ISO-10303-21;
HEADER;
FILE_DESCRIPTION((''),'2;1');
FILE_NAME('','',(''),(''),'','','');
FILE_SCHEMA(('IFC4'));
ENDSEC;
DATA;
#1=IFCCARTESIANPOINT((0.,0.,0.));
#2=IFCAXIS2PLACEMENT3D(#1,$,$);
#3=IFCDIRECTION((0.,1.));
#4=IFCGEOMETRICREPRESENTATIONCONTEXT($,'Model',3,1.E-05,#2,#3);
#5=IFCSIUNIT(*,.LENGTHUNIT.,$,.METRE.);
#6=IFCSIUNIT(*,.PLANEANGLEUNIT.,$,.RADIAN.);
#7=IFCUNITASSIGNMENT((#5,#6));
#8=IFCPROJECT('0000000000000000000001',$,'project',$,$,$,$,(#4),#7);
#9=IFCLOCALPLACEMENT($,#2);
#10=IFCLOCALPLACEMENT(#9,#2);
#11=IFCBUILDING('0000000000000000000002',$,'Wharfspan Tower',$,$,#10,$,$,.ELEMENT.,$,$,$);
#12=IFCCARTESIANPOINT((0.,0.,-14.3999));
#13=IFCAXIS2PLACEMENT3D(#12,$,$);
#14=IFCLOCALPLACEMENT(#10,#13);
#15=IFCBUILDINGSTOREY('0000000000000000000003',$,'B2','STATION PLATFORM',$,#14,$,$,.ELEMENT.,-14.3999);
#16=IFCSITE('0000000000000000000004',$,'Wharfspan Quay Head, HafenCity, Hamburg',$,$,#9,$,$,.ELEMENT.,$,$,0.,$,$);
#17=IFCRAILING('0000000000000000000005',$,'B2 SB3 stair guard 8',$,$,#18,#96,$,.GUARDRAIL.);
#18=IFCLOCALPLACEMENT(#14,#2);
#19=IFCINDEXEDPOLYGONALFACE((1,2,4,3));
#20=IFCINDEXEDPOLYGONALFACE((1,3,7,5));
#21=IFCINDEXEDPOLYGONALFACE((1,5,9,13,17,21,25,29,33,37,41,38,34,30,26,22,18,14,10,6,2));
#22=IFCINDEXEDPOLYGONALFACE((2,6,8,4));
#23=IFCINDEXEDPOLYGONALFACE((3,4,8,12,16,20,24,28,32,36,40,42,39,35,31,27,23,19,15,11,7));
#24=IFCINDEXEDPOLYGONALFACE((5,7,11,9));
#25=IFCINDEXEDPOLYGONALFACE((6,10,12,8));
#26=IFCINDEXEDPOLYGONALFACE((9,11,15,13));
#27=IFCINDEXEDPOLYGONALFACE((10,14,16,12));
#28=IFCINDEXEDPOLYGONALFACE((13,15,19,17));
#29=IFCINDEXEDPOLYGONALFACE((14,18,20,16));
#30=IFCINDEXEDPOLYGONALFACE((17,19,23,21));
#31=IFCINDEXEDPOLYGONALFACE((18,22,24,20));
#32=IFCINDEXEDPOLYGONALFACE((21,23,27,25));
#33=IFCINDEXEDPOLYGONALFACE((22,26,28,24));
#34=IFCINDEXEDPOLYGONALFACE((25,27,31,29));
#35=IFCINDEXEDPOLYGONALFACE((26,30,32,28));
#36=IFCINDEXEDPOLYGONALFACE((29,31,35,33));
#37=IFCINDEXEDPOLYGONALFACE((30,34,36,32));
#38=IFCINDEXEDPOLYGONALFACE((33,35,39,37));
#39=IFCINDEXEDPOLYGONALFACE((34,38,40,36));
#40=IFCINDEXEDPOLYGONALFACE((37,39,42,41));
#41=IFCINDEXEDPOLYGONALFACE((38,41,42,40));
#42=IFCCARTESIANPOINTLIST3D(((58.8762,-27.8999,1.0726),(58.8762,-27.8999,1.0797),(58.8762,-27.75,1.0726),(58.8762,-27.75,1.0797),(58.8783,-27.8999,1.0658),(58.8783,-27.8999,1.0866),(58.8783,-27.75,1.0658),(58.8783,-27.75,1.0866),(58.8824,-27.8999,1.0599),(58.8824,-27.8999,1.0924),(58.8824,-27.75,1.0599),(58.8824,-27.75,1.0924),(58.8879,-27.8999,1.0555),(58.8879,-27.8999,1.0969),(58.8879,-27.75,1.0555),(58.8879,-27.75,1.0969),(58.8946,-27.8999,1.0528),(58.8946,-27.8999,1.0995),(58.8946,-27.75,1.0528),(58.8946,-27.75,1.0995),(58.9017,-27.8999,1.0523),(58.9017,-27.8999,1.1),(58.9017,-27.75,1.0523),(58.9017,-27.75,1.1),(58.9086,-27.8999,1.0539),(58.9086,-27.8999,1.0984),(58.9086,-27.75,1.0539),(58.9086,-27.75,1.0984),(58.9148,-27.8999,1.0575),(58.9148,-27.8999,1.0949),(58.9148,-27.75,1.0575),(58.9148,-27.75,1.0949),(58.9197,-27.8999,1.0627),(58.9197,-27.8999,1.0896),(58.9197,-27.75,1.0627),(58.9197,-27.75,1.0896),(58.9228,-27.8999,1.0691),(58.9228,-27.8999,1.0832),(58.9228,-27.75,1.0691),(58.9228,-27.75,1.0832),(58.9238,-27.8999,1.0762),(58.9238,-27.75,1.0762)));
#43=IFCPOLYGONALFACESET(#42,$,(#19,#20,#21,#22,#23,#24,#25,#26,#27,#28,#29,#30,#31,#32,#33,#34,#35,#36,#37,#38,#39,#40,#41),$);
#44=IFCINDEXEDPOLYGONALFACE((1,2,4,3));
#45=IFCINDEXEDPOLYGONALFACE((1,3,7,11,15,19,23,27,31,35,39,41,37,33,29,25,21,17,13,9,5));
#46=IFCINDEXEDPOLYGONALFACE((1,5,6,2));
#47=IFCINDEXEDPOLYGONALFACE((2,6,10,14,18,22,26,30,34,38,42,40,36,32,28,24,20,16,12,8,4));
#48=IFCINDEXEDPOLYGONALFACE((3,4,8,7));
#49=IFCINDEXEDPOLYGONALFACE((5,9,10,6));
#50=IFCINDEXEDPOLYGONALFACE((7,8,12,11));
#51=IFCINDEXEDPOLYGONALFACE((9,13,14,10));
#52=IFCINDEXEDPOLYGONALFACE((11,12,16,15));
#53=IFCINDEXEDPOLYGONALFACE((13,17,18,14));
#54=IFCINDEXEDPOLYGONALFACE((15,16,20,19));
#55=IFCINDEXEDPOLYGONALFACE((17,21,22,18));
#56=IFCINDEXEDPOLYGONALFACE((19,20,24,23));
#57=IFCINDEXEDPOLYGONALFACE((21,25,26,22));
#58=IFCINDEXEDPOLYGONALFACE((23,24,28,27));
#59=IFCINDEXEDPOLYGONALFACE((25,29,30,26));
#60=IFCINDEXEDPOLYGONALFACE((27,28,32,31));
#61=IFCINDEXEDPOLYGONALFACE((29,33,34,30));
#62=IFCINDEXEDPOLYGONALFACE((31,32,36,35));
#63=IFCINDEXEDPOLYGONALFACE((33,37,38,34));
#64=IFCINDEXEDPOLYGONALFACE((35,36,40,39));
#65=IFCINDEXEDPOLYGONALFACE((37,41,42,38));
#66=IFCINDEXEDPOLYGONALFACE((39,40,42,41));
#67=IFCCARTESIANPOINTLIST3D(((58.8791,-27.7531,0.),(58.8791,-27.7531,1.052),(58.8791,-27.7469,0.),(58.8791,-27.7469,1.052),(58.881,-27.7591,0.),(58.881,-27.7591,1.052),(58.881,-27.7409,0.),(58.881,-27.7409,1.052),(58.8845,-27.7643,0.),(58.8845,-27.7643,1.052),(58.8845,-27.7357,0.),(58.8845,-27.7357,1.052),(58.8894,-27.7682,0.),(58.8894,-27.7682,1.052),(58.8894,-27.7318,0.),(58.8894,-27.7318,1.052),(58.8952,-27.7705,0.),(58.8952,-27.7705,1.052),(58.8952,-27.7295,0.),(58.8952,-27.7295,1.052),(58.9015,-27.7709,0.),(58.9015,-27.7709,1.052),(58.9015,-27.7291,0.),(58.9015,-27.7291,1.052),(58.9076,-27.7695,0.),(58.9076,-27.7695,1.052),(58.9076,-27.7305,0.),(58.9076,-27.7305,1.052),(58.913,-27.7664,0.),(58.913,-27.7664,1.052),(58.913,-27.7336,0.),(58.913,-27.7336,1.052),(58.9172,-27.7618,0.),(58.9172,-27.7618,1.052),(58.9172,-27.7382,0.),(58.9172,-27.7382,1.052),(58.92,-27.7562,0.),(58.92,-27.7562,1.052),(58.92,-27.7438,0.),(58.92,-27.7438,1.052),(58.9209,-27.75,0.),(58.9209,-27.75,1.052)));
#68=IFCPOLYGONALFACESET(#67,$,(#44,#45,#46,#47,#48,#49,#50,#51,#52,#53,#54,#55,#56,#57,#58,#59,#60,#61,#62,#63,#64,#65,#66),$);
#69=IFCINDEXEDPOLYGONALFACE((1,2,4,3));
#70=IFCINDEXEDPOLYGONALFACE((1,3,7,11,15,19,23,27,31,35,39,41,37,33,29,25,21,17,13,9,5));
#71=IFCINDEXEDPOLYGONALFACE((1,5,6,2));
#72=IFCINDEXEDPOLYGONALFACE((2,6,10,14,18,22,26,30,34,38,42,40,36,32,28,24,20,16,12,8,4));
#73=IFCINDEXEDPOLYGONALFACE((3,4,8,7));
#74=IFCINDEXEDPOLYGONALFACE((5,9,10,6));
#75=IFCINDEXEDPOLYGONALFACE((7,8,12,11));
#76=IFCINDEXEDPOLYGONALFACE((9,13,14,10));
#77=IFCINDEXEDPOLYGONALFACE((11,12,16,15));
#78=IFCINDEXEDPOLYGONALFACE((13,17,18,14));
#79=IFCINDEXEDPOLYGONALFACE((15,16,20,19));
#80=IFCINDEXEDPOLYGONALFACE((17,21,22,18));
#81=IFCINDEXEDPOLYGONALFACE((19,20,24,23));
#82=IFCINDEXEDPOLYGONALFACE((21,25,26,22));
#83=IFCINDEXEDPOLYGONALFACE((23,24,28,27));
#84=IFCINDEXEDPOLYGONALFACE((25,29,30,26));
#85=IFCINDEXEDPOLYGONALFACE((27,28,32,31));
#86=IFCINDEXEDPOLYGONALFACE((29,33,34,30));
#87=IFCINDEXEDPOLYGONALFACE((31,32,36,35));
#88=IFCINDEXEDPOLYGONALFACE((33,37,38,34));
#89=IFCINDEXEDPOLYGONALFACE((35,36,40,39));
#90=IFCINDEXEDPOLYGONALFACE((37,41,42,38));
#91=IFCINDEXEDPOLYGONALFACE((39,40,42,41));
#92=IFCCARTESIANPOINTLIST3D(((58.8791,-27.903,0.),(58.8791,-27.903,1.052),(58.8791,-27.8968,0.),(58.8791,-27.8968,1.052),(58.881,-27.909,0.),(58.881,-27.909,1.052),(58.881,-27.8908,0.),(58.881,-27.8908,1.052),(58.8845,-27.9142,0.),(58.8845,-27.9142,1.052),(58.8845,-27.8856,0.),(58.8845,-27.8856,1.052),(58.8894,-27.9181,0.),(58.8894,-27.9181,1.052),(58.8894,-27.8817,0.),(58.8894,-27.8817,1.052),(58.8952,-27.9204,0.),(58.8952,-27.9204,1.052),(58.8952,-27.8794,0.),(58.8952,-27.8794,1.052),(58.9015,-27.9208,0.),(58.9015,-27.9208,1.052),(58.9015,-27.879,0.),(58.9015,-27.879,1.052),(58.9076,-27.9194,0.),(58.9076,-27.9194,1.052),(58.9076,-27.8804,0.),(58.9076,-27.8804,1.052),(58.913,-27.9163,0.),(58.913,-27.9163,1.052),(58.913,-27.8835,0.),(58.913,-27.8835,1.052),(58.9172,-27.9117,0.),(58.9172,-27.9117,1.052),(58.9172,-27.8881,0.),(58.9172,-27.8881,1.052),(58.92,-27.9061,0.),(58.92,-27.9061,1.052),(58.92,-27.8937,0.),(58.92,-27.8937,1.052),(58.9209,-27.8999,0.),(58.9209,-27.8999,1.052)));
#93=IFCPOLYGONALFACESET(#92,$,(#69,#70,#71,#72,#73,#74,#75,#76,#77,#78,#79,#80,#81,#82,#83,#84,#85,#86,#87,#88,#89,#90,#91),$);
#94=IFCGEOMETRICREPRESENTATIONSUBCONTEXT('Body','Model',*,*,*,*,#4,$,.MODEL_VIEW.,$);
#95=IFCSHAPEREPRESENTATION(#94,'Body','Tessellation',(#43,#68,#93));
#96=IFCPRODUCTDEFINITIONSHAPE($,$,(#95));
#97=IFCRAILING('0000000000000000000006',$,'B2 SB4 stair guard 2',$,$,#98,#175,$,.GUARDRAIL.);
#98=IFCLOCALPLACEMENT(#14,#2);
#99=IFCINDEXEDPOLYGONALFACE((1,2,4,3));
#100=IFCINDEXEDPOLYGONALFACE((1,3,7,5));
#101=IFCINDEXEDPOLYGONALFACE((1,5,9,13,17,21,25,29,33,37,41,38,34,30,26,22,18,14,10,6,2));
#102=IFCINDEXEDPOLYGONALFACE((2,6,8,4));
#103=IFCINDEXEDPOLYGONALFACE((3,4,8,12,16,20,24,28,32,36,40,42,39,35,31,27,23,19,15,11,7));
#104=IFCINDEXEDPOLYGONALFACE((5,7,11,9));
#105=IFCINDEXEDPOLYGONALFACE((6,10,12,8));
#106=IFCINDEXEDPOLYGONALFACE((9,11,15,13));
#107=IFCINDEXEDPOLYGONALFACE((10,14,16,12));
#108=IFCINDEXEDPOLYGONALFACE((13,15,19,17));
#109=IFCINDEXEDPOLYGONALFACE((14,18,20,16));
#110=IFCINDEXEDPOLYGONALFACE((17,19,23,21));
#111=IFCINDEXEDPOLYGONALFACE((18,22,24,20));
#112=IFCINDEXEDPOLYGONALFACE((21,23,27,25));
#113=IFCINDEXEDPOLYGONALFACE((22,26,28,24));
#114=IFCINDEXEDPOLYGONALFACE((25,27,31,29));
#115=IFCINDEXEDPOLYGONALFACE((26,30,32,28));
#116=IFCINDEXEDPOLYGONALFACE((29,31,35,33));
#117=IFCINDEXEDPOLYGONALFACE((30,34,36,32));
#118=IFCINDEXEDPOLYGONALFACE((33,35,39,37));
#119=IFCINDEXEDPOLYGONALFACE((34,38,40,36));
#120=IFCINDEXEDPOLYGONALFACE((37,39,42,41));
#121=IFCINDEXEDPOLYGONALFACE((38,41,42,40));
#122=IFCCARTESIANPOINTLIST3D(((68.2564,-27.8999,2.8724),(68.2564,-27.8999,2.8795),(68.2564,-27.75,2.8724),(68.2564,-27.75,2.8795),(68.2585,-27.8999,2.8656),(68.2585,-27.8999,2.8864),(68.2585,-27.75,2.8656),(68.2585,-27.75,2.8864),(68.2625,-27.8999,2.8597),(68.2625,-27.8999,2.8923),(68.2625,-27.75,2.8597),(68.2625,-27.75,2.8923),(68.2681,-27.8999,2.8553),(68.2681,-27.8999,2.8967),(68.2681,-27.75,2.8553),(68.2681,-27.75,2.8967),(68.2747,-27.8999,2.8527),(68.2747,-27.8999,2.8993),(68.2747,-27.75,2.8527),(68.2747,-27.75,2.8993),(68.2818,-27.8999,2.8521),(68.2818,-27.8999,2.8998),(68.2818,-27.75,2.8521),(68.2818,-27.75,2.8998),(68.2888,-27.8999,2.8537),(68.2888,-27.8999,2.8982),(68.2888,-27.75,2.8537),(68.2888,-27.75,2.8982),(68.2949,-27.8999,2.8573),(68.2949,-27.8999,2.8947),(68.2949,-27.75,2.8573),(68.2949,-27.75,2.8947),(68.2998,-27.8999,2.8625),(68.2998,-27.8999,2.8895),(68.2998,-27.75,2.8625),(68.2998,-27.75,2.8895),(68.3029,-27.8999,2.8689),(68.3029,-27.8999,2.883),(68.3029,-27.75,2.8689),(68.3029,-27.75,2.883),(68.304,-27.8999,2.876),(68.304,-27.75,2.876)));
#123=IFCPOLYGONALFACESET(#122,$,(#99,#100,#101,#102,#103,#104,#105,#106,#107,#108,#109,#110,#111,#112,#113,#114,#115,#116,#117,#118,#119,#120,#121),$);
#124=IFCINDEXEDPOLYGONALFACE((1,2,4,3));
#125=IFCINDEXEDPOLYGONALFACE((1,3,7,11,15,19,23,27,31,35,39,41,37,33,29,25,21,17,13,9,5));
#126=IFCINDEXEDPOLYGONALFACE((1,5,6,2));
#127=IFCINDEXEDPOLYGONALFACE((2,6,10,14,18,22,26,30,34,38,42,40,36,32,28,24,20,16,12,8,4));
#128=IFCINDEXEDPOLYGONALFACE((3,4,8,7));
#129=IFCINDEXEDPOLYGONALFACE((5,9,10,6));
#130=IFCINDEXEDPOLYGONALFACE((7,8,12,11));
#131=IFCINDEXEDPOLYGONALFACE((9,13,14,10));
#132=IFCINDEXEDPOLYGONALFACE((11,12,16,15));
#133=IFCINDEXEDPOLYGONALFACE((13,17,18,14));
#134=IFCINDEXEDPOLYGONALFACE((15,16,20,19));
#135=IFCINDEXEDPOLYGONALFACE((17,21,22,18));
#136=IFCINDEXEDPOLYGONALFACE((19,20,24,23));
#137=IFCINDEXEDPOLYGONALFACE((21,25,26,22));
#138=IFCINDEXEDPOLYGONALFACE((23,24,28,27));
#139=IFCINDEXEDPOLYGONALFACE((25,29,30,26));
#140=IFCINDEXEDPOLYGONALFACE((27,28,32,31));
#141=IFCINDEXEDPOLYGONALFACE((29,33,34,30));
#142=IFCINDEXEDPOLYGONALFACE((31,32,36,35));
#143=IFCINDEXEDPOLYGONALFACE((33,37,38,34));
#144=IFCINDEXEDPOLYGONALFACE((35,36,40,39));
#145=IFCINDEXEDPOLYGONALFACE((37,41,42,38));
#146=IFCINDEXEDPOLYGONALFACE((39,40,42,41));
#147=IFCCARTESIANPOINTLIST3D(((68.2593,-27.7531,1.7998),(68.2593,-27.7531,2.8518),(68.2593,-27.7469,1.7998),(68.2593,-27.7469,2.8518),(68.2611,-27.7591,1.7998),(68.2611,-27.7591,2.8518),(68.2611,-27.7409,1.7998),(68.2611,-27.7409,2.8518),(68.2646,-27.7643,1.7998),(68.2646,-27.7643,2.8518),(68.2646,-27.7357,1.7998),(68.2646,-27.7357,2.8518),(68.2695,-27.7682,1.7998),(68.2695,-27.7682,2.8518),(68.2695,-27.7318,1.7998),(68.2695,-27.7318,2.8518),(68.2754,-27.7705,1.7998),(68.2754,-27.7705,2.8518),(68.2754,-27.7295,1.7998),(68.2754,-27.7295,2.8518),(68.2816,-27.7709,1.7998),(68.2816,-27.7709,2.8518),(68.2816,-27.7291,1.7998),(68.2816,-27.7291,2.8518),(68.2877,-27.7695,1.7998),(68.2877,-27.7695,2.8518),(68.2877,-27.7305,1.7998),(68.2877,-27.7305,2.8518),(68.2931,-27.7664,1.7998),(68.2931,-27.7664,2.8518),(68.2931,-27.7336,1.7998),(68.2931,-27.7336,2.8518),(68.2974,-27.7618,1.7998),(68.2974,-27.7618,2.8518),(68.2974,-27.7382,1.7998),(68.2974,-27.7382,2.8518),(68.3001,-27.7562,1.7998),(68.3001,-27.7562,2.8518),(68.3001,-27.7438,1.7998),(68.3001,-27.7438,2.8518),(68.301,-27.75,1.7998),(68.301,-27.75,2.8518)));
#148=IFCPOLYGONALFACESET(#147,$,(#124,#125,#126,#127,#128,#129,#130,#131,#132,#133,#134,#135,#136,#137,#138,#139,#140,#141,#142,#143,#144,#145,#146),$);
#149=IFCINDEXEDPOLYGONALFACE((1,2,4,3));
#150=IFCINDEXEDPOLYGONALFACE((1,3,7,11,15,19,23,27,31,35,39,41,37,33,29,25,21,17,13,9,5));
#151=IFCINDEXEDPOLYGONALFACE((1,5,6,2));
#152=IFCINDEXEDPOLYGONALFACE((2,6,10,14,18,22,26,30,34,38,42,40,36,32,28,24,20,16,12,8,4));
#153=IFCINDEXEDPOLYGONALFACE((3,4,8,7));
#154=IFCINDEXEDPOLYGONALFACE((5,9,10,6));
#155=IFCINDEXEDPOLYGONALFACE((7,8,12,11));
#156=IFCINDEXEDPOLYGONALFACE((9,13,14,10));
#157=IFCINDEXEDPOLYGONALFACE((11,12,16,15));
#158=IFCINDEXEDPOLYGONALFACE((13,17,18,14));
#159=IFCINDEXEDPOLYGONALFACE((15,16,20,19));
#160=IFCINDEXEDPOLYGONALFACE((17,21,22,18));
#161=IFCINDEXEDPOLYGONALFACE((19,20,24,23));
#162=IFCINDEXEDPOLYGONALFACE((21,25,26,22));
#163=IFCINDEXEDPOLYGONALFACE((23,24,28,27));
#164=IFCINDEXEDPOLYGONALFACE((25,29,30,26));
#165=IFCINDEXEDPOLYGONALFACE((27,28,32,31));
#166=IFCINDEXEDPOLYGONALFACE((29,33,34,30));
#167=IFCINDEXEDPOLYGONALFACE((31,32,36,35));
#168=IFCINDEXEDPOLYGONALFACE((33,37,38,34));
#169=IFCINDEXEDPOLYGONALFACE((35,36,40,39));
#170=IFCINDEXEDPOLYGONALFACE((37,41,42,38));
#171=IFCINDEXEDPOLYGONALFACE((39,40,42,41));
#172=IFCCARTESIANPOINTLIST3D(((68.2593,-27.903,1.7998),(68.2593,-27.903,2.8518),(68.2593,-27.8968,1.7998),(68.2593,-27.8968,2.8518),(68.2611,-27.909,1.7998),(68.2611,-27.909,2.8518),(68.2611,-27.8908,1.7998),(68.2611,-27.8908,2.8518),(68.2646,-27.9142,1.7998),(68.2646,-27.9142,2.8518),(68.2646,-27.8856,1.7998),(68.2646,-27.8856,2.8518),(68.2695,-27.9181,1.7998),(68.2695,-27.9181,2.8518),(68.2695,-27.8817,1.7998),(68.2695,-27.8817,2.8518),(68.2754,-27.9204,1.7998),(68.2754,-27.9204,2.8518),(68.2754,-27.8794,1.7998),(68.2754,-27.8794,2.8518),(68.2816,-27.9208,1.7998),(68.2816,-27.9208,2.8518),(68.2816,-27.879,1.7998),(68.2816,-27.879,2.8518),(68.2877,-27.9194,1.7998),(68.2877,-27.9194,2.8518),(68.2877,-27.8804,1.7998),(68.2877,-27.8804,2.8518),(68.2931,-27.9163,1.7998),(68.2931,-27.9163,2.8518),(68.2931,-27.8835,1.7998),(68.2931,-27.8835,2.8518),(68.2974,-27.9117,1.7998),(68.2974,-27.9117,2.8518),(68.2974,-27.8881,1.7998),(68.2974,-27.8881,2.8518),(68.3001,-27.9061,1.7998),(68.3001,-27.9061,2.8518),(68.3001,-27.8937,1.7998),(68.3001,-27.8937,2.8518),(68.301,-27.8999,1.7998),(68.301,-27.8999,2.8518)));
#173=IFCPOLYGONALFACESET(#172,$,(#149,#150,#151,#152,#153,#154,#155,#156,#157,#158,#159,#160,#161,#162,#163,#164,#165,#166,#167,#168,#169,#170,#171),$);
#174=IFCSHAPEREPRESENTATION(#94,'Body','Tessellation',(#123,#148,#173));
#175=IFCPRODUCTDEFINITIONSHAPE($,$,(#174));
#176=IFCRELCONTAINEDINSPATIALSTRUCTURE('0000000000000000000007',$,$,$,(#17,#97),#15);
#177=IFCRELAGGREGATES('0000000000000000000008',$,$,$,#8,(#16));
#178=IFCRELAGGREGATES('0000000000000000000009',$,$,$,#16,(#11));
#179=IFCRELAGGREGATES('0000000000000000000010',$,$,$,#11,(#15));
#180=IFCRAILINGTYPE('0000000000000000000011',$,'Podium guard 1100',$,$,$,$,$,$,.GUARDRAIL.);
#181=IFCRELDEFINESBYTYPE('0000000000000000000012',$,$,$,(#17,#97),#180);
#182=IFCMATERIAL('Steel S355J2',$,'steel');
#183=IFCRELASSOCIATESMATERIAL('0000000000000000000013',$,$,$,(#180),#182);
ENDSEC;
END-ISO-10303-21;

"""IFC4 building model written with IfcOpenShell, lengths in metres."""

from ifc_helpers import new_model, si_unit, direction, frame, origin, origin_2d, place, context, subcontext, project, spatial, circle, extrude, material, type_object, element, save


model = new_model("IFC4")

# Units and contexts
model_context = context("Model", 3, precision=1e-05, world=origin(), true_north=direction((0.0, 1.0)))
body_context = subcontext(model_context, "Body", "Model", "MODEL_VIEW")
ifc_project = project(units=[si_unit("LENGTHUNIT", "METRE"), si_unit("PLANEANGLEUNIT", "RADIAN")], contexts=[model_context])

# Site, building, storey
site_placement = place(None, origin())
site = spatial("IfcSite", under=ifc_project, at=site_placement, Name="Wharfspan Quay Head, HafenCity, Hamburg", CompositionType="ELEMENT", RefElevation=0.0)
building_placement = place(site_placement, origin())
building = spatial("IfcBuilding", under=site, at=building_placement, Name="Wharfspan Tower", CompositionType="ELEMENT")
storey_placement = place(building_placement, frame((0.0, 0.0, -14.3999)))
storey = spatial("IfcBuildingStorey", under=building, at=storey_placement, Name="B2", Description="STATION PLATFORM", CompositionType="ELEMENT", Elevation=-14.3999)

# Railings
ifc_material_1 = material(Name="Steel S355J2", Category="steel")
railing_type_1 = type_object("IfcRailingType", Name="Podium guard 1100", PredefinedType="GUARDRAIL", material=ifc_material_1)
for number, where, name in (
    (1, (58.8999, -27.75, 0.0), "B2 SB3 stair guard 8"),
    (2, (68.28, -27.75, 1.7998), "B2 SB4 stair guard 2"),
):
    element("IfcRailing", number, at=place(storey_placement, frame(where)), inside=storey, type_object=railing_type_1, Name=name, PredefinedType="GUARDRAIL", context=body_context, shape_type="SweptSolid", body=[
        extrude(circle(Radius=0.0239, at=origin_2d()), frame((0.0, 0.0, 1.0762), z_axis=(0.0, -1.0, 0.0), x_axis=(1.0, 0.0, 0.0)), (0.0, 0.0, 1.0), 0.1499),
        extrude(circle(Radius=0.021, at=origin_2d()), origin(), (0.0, 0.0, 1.0), 1.052),
        extrude(circle(Radius=0.021, at=origin_2d()), frame((0.0, -0.1499, 0.0)), (0.0, 0.0, 1.0), 1.052),
    ])

save(model, "model.ifc")
